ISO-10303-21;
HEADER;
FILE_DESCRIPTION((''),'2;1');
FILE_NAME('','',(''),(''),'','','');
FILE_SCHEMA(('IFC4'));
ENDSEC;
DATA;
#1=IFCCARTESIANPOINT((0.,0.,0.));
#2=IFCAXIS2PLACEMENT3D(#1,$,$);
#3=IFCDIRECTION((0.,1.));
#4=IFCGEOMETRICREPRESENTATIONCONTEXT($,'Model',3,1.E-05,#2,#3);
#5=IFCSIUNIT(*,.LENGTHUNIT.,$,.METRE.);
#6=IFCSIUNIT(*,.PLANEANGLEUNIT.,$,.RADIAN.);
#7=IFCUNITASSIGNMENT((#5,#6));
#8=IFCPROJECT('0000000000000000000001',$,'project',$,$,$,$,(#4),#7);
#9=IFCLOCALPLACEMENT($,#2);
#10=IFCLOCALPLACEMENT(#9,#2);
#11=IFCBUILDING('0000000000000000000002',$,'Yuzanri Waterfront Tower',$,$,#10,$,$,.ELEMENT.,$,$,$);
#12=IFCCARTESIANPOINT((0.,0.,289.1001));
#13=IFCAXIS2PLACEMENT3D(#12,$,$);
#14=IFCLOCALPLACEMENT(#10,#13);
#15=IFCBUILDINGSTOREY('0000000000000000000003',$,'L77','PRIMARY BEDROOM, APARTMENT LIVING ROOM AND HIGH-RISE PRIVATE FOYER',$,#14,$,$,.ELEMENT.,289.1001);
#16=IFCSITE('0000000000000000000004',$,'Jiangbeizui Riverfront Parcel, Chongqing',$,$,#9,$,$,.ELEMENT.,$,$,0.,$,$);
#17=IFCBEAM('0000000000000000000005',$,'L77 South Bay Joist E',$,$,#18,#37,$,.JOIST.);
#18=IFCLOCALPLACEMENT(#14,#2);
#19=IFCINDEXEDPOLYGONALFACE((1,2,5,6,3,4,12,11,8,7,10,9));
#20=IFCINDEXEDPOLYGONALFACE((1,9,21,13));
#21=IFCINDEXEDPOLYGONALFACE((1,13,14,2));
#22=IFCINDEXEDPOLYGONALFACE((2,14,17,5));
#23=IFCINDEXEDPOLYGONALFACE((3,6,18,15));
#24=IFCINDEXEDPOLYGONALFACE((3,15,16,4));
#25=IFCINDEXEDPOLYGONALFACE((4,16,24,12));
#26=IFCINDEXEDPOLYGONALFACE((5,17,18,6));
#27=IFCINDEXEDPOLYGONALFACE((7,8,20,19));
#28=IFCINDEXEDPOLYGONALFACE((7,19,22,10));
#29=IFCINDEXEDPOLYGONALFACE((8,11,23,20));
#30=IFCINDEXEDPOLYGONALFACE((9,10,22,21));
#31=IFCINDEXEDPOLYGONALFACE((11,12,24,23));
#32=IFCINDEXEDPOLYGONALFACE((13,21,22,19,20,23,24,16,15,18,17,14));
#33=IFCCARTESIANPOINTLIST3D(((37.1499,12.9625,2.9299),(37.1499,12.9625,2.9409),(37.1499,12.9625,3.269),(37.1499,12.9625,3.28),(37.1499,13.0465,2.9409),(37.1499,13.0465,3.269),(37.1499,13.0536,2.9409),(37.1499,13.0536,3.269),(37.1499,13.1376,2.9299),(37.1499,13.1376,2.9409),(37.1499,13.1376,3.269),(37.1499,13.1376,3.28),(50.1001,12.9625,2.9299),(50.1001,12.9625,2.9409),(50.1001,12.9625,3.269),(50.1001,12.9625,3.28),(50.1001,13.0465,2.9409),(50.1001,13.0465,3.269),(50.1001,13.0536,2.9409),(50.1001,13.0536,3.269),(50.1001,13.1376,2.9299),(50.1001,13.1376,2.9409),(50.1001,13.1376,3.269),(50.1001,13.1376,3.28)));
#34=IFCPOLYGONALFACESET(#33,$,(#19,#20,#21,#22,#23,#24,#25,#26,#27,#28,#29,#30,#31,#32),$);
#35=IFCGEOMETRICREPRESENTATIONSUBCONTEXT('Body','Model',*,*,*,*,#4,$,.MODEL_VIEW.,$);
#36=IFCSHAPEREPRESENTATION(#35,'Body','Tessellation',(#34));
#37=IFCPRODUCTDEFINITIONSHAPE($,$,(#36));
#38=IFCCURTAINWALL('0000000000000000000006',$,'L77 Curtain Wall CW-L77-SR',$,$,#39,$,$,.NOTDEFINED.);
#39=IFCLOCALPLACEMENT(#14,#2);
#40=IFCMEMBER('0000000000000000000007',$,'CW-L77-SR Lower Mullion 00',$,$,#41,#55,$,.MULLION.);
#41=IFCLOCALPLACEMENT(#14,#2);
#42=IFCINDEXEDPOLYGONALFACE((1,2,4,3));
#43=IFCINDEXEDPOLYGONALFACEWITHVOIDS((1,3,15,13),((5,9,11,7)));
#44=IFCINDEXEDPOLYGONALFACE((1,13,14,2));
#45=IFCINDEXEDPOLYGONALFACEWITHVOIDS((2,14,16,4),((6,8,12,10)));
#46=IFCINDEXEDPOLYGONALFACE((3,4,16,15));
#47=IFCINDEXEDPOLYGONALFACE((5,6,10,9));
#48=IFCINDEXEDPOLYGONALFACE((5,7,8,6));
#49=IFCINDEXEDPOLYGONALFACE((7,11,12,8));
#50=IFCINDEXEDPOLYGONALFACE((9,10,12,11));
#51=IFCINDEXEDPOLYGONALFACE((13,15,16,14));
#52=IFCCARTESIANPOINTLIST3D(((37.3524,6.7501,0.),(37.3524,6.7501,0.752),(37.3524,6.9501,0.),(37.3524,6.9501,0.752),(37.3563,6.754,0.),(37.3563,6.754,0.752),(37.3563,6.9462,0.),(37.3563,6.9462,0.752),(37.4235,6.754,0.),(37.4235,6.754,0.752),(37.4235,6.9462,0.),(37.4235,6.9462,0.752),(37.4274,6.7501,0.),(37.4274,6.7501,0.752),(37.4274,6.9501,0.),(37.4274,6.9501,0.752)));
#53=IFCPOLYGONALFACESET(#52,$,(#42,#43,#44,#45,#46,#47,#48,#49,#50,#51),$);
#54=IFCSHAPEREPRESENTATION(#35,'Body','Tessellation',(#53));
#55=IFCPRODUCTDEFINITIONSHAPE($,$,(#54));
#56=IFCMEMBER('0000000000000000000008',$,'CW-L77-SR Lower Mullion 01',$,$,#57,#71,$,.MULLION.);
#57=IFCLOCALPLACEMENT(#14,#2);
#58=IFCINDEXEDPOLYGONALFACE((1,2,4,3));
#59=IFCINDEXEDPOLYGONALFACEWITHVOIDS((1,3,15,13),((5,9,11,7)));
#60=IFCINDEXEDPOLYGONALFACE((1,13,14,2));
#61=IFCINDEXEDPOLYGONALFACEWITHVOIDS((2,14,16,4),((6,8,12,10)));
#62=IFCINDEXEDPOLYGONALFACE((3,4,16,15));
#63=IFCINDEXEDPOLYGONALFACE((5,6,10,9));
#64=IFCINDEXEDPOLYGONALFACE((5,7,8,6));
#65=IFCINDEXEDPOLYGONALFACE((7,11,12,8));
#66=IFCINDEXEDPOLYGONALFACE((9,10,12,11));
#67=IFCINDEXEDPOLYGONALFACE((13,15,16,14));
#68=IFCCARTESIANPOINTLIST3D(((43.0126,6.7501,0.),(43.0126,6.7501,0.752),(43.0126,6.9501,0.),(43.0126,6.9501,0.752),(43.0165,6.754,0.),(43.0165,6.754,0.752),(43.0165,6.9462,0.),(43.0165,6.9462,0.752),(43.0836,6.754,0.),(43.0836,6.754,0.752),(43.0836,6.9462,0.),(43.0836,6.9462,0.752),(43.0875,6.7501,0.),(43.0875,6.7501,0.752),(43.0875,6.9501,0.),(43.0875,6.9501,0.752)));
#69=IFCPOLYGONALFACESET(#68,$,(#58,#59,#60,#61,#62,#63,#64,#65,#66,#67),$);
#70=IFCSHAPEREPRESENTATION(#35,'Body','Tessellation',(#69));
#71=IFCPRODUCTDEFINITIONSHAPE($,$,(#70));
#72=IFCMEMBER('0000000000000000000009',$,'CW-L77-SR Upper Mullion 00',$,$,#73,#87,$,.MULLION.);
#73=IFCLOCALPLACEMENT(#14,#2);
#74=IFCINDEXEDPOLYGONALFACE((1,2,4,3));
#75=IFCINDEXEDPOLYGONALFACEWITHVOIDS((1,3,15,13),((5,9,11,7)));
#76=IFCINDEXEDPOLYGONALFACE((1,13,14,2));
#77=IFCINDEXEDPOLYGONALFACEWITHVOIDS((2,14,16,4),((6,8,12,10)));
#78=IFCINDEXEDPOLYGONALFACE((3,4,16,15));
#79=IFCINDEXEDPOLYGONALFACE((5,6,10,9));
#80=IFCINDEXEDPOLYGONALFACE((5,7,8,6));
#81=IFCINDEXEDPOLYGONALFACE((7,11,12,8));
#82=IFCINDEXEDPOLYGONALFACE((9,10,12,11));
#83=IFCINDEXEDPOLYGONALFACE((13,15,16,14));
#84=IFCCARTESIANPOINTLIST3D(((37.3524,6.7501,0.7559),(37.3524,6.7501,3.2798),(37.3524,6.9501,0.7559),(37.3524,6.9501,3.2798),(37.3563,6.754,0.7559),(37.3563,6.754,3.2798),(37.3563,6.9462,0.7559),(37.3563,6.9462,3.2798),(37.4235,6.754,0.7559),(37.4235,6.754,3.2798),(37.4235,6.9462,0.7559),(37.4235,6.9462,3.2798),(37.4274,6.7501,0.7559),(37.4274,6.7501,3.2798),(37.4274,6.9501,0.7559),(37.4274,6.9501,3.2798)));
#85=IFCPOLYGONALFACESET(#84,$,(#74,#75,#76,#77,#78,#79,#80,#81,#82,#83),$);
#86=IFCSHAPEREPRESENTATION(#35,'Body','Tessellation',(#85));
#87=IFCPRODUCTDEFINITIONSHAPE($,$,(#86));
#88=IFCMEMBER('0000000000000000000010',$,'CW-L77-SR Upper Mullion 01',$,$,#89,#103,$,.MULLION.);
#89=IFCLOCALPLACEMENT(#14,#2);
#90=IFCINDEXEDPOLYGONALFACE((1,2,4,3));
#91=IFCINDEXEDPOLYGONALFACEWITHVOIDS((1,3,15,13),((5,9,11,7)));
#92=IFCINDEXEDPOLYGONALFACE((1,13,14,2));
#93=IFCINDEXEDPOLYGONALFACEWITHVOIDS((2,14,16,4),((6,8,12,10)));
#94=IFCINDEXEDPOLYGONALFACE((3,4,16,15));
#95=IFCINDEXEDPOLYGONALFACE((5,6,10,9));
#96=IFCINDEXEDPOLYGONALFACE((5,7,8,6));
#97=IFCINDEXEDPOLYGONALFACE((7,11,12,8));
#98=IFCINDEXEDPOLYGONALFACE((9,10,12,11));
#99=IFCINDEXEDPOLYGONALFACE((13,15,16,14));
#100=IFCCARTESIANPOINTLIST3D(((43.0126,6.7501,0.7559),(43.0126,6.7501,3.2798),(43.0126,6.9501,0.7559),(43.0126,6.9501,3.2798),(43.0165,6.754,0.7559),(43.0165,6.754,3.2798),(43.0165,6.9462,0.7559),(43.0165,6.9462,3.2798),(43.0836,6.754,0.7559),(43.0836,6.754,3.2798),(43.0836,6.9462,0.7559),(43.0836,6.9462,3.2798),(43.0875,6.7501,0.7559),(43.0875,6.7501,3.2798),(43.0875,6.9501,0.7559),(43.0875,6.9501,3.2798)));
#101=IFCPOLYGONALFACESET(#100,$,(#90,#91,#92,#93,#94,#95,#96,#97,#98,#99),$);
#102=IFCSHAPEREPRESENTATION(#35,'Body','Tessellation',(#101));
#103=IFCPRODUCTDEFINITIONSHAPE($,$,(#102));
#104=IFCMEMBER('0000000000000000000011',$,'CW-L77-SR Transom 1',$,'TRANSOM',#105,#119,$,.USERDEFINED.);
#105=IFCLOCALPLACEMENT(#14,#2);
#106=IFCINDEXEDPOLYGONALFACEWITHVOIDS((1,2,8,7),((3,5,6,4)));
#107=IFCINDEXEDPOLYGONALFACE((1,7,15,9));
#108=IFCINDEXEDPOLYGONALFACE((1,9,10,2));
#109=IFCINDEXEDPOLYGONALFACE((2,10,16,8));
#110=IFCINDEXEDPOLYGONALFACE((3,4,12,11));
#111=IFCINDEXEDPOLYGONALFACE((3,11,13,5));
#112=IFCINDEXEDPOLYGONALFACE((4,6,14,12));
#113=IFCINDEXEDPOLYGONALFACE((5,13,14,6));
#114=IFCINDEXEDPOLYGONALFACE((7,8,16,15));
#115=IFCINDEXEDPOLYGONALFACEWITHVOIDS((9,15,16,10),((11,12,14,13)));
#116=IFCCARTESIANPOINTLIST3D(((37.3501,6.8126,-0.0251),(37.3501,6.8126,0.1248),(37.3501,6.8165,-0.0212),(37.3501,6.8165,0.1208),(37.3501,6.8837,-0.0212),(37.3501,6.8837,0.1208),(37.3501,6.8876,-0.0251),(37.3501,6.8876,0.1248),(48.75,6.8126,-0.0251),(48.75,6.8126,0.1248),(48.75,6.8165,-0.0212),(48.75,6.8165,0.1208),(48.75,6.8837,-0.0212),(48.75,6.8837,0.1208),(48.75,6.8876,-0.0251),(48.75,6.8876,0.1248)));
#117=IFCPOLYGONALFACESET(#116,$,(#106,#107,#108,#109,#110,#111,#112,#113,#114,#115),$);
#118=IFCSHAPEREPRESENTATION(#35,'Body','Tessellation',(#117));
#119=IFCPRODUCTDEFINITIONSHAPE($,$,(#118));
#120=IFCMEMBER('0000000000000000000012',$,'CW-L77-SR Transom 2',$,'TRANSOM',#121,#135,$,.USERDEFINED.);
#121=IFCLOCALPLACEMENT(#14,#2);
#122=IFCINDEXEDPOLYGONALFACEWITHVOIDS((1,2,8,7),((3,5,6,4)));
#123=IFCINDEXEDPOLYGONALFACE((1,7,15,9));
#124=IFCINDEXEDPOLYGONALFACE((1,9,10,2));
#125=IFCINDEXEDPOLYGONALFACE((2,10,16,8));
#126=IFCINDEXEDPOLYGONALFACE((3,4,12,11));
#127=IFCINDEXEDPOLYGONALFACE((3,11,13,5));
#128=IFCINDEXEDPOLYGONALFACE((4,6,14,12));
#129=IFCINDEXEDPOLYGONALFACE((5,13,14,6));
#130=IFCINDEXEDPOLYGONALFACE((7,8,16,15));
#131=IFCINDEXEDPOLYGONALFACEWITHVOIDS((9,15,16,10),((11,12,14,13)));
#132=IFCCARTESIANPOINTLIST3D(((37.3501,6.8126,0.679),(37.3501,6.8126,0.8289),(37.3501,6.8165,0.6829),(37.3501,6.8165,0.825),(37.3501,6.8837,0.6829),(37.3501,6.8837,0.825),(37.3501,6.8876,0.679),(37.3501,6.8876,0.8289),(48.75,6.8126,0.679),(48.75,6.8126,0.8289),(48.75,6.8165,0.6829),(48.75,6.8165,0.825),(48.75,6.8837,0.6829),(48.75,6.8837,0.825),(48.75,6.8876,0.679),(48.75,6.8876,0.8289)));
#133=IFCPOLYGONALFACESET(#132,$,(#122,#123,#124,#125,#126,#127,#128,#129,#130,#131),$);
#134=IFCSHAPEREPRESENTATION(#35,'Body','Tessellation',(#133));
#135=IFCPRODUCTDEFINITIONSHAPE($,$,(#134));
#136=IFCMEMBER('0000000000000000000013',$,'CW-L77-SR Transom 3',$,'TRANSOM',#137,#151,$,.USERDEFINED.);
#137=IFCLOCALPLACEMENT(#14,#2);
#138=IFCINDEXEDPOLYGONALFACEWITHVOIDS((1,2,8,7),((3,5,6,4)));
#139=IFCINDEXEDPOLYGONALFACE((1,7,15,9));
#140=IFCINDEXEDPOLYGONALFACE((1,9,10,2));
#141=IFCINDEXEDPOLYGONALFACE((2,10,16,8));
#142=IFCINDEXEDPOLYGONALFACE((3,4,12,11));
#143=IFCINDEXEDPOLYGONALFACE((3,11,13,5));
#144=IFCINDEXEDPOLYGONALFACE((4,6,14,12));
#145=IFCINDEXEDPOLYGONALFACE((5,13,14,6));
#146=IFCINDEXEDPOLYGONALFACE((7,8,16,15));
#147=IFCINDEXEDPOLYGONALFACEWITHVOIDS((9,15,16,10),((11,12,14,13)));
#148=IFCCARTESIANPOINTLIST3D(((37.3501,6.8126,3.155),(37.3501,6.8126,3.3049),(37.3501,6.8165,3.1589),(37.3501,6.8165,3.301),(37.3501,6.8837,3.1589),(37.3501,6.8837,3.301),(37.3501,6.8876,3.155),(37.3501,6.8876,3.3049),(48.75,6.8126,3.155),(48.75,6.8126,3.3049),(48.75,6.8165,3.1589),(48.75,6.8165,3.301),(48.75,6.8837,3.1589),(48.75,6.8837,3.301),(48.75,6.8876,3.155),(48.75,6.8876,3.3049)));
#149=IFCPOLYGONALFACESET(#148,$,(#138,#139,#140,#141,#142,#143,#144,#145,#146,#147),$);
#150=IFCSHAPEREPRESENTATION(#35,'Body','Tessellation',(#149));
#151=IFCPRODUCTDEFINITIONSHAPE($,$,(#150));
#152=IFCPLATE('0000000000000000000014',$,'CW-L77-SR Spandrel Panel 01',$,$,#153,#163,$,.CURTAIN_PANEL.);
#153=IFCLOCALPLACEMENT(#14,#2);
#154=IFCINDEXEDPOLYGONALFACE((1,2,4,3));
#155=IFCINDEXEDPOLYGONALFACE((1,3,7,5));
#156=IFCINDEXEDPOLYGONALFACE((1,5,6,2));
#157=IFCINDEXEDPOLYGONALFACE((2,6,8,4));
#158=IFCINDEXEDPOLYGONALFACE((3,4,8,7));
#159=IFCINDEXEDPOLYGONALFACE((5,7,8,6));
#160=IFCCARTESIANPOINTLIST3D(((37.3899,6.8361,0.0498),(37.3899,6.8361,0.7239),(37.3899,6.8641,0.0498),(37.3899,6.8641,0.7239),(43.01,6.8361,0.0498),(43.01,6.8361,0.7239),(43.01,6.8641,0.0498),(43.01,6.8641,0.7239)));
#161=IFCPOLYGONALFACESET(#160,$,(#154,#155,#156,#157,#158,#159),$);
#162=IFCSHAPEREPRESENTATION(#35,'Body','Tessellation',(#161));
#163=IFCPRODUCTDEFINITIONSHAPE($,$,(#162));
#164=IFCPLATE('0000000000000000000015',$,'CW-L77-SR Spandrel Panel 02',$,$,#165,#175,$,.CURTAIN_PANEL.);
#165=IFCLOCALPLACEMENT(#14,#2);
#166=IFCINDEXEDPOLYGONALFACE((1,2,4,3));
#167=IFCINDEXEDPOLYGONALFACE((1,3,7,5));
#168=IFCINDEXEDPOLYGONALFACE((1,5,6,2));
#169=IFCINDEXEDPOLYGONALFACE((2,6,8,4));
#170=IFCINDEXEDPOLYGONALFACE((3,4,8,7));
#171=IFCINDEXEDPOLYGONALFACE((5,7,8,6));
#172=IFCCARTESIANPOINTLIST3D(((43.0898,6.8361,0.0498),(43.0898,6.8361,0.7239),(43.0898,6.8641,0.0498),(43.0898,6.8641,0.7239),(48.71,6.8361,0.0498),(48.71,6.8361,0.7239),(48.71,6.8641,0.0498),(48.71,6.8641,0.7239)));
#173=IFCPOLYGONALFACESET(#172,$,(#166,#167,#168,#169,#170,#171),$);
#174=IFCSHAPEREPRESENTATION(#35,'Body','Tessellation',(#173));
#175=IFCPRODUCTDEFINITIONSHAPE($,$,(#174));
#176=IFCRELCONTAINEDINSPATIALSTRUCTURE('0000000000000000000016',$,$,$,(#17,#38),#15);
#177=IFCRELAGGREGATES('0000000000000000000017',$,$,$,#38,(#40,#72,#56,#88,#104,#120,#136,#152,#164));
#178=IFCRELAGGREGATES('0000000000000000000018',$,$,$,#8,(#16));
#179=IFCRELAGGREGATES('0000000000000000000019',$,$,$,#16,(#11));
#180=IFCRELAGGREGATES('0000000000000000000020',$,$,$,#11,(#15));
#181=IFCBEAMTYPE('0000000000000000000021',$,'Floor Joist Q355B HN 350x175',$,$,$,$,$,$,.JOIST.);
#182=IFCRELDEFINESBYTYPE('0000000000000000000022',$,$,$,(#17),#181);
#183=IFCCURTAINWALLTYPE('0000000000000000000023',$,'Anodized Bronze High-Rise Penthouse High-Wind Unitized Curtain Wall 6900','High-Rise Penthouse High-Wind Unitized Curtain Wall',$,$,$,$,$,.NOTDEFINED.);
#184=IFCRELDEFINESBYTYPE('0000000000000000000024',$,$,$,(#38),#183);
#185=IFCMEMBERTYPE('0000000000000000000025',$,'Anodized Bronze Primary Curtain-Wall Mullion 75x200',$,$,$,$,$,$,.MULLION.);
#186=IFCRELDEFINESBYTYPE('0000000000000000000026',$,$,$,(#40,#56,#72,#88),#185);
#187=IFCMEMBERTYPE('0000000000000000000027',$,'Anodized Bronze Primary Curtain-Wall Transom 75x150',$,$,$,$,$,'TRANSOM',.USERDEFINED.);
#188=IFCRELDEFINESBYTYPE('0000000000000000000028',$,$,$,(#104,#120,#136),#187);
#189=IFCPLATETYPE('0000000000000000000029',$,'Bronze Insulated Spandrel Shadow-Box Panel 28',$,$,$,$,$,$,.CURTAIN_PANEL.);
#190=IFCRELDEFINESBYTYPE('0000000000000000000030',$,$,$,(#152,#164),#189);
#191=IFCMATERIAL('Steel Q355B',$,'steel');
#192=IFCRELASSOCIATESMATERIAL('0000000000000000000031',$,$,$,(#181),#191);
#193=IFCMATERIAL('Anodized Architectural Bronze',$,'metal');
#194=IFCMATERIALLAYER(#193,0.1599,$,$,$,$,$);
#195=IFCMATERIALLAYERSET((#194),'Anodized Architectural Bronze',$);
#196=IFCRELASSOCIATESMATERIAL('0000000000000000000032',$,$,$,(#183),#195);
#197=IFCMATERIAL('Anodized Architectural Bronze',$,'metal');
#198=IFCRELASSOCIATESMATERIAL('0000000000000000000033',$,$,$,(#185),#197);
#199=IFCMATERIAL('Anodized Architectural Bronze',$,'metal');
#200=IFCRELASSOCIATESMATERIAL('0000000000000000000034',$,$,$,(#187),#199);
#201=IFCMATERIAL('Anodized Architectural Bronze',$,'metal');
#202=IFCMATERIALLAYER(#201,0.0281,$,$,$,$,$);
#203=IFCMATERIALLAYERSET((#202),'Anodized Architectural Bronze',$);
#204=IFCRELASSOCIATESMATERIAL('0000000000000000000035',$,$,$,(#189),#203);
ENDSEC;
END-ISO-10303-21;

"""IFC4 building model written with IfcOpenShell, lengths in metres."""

from ifc_helpers import new_model, si_unit, direction, frame, origin, origin_2d, place, context, subcontext, project, spatial, rectangle, hollow_rectangle, i_section, extrude, source, transform, mapped, material, layer, layer_set, material_profile, profile_set, type_object, element, aggregate, save


model = new_model("IFC4")

# Units and contexts
model_context = context("Model", 3, precision=1e-05, world=origin(), true_north=direction((0.0, 1.0)))
body_context = subcontext(model_context, "Body", "Model", "MODEL_VIEW")
ifc_project = project(units=[si_unit("LENGTHUNIT", "METRE"), si_unit("PLANEANGLEUNIT", "RADIAN")], contexts=[model_context])

# Site, building, storey
site_placement = place(None, origin())
site = spatial("IfcSite", under=ifc_project, at=site_placement, Name="Jiangbeizui Riverfront Parcel, Chongqing", CompositionType="ELEMENT", RefElevation=0.0)
building_placement = place(site_placement, origin())
building = spatial("IfcBuilding", under=site, at=building_placement, Name="Yuzanri Waterfront Tower", CompositionType="ELEMENT")
storey_placement = place(building_placement, frame((0.0, 0.0, 289.1001)))
storey = spatial("IfcBuildingStorey", under=building, at=storey_placement, Name="L77", Description="PRIMARY BEDROOM, APARTMENT LIVING ROOM AND HIGH-RISE PRIVATE FOYER", CompositionType="ELEMENT", Elevation=289.1001)

# Beam
ifc_material_1 = material(Name="Steel Q355B", Category="steel")
ifc_material_profile_1 = material_profile(ifc_material_1, i_section(OverallWidth=0.175, OverallDepth=0.3501, WebThickness=0.0071, FlangeThickness=0.011, at=origin_2d()), Name="HN 350x175x7x11")
ifc_profile_set_1 = profile_set([ifc_material_profile_1], Name="Steel Q355B")
beam_type = type_object("IfcBeamType", Name="Floor Joist Q355B HN 350x175", PredefinedType="JOIST", material=ifc_profile_set_1)
shared_shape_1 = source(origin(), body_context, "Body", "SweptSolid", [
    extrude(i_section(OverallWidth=0.175, OverallDepth=0.3501, WebThickness=0.0071, FlangeThickness=0.011, at=origin_2d()), origin(), (0.0, 0.0, 1.0), 12.9502),
])
beam_placement = place(storey_placement, frame((37.1499, 13.05, 3.105), z_axis=(1.0, 0.0, 0.0), x_axis=(0.0, 1.0, 0.0)))
element("IfcBeam", 1, at=beam_placement, inside=storey, type_object=beam_type, Name="L77 South Bay Joist E", PredefinedType="JOIST", context=body_context, shape_type="MappedRepresentation", body=[
    mapped(shared_shape_1, transform((0.0, 0.0, 0.0), scale=1.0)),
])

# Curtain wall, members, plates
ifc_material_2 = material(Name="Anodized Architectural Bronze", Category="metal")
ifc_layer_1 = layer(ifc_material_2, 0.1599)
ifc_layer_set_1 = layer_set([ifc_layer_1], Name="Anodized Architectural Bronze")
curtain_wall_type = type_object("IfcCurtainWallType", Name="Anodized Bronze High-Rise Penthouse High-Wind Unitized Curtain Wall 6900", Description="High-Rise Penthouse High-Wind Unitized Curtain Wall", PredefinedType="NOTDEFINED", material=ifc_layer_set_1)
curtain_wall_placement = place(storey_placement, origin())
curtain_wall = element("IfcCurtainWall", 2, at=curtain_wall_placement, inside=storey, type_object=curtain_wall_type, Name="L77 Curtain Wall CW-L77-SR", PredefinedType="NOTDEFINED")
ifc_material_3 = material(Name="Anodized Architectural Bronze", Category="metal")
ifc_material_profile_2 = material_profile(ifc_material_3, hollow_rectangle(XDim=0.075, YDim=0.2, WallThickness=0.0039, at=origin_2d()), Name="CWM 75x200")
ifc_profile_set_2 = profile_set([ifc_material_profile_2], Name="Anodized Architectural Bronze")
member_type_1 = type_object("IfcMemberType", Name="Anodized Bronze Primary Curtain-Wall Mullion 75x200", PredefinedType="MULLION", material=ifc_profile_set_2)
shared_shape_2 = source(origin(), body_context, "Body", "SweptSolid", [
    extrude(hollow_rectangle(XDim=0.075, YDim=0.2, WallThickness=0.0039, at=origin_2d()), origin(), (0.0, 0.0, 1.0), 0.752),
])
member_1_placement = place(storey_placement, frame((37.3899, 6.8501, 0.0), z_axis=(0.0, 0.0, 1.0), x_axis=(1.0, 0.0, 0.0)))
member_1 = element("IfcMember", 3, at=member_1_placement, type_object=member_type_1, Name="CW-L77-SR Lower Mullion 00", PredefinedType="MULLION", context=body_context, shape_type="MappedRepresentation", body=[
    mapped(shared_shape_2, transform((0.0, 0.0, 0.0), scale=1.0)),
])
member_2_placement = place(storey_placement, frame((43.05, 6.8501, 0.0), z_axis=(0.0, 0.0, 1.0), x_axis=(1.0, 0.0, 0.0)))
member_2 = element("IfcMember", 4, at=member_2_placement, type_object=member_type_1, Name="CW-L77-SR Lower Mullion 01", PredefinedType="MULLION", context=body_context, shape_type="MappedRepresentation", body=[
    mapped(shared_shape_2, transform((0.0, 0.0, 0.0), scale=1.0)),
])
shared_shape_3 = source(origin(), body_context, "Body", "SweptSolid", [
    extrude(hollow_rectangle(XDim=0.075, YDim=0.2, WallThickness=0.0039, at=origin_2d()), origin(), (0.0, 0.0, 1.0), 2.5239),
])
member_3_placement = place(storey_placement, frame((37.3899, 6.8501, 0.7559), z_axis=(0.0, 0.0, 1.0), x_axis=(1.0, 0.0, 0.0)))
member_3 = element("IfcMember", 5, at=member_3_placement, type_object=member_type_1, Name="CW-L77-SR Upper Mullion 00", PredefinedType="MULLION", context=body_context, shape_type="MappedRepresentation", body=[
    mapped(shared_shape_3, transform((0.0, 0.0, 0.0), scale=1.0)),
])
member_4_placement = place(storey_placement, frame((43.05, 6.8501, 0.7559), z_axis=(0.0, 0.0, 1.0), x_axis=(1.0, 0.0, 0.0)))
member_4 = element("IfcMember", 6, at=member_4_placement, type_object=member_type_1, Name="CW-L77-SR Upper Mullion 01", PredefinedType="MULLION", context=body_context, shape_type="MappedRepresentation", body=[
    mapped(shared_shape_3, transform((0.0, 0.0, 0.0), scale=1.0)),
])
ifc_material_4 = material(Name="Anodized Architectural Bronze", Category="metal")
ifc_material_profile_3 = material_profile(ifc_material_4, hollow_rectangle(XDim=0.075, YDim=0.1499, WallThickness=0.0039, at=origin_2d()), Name="CWT 75x150")
ifc_profile_set_3 = profile_set([ifc_material_profile_3], Name="Anodized Architectural Bronze")
member_type_2 = type_object("IfcMemberType", Name="Anodized Bronze Primary Curtain-Wall Transom 75x150", ElementType="TRANSOM", PredefinedType="USERDEFINED", material=ifc_profile_set_3)
shared_shape_4 = source(origin(), body_context, "Body", "SweptSolid", [
    extrude(hollow_rectangle(XDim=0.075, YDim=0.1499, WallThickness=0.0039, at=origin_2d()), origin(), (0.0, 0.0, 1.0), 11.3999),
])
member_5_placement = place(storey_placement, frame((37.3501, 6.8501, 0.0498), z_axis=(1.0, 0.0, 0.0), x_axis=(0.0, 1.0, 0.0)))
member_5 = element("IfcMember", 7, at=member_5_placement, type_object=member_type_2, Name="CW-L77-SR Transom 1", ObjectType="TRANSOM", PredefinedType="USERDEFINED", context=body_context, shape_type="MappedRepresentation", body=[
    mapped(shared_shape_4, transform((0.0, 0.0, 0.0), scale=1.0)),
])
member_6_placement = place(storey_placement, frame((37.3501, 6.8501, 0.7539), z_axis=(1.0, 0.0, 0.0), x_axis=(0.0, 1.0, 0.0)))
member_6 = element("IfcMember", 8, at=member_6_placement, type_object=member_type_2, Name="CW-L77-SR Transom 2", ObjectType="TRANSOM", PredefinedType="USERDEFINED", context=body_context, shape_type="MappedRepresentation", body=[
    mapped(shared_shape_4, transform((0.0, 0.0, 0.0), scale=1.0)),
])
member_7_placement = place(storey_placement, frame((37.3501, 6.8501, 3.23), z_axis=(1.0, 0.0, 0.0), x_axis=(0.0, 1.0, 0.0)))
member_7 = element("IfcMember", 9, at=member_7_placement, type_object=member_type_2, Name="CW-L77-SR Transom 3", ObjectType="TRANSOM", PredefinedType="USERDEFINED", context=body_context, shape_type="MappedRepresentation", body=[
    mapped(shared_shape_4, transform((0.0, 0.0, 0.0), scale=1.0)),
])
ifc_material_5 = material(Name="Anodized Architectural Bronze", Category="metal")
ifc_layer_2 = layer(ifc_material_5, 0.0281)
ifc_layer_set_2 = layer_set([ifc_layer_2], Name="Anodized Architectural Bronze")
plate_type_1 = type_object("IfcPlateType", Name="Bronze Insulated Spandrel Shadow-Box Panel 28", PredefinedType="CURTAIN_PANEL", material=ifc_layer_set_2)
shared_shape_5 = source(origin(), body_context, "Body", "SweptSolid", [
    extrude(rectangle(XDim=5.6201, YDim=0.0281, at=origin_2d()), origin(), (0.0, 0.0, 1.0), 0.6741),
])
plate_1_placement = place(storey_placement, frame((40.2, 6.8501, 0.0498), z_axis=(0.0, 0.0, 1.0), x_axis=(1.0, 0.0, 0.0)))
plate_1 = element("IfcPlate", 10, at=plate_1_placement, type_object=plate_type_1, Name="CW-L77-SR Spandrel Panel 01", PredefinedType="CURTAIN_PANEL", context=body_context, shape_type="MappedRepresentation", body=[
    mapped(shared_shape_5, transform((0.0, 0.0, 0.0), scale=1.0)),
])
plate_2_placement = place(storey_placement, frame((45.8999, 6.8501, 0.0498), z_axis=(0.0, 0.0, 1.0), x_axis=(1.0, 0.0, 0.0)))
plate_2 = element("IfcPlate", 11, at=plate_2_placement, type_object=plate_type_1, Name="CW-L77-SR Spandrel Panel 02", PredefinedType="CURTAIN_PANEL", context=body_context, shape_type="MappedRepresentation", body=[
    mapped(shared_shape_5, transform((0.0, 0.0, 0.0), scale=1.0)),
])
aggregate(curtain_wall, [member_1, member_3, member_2, member_4, member_5, member_6, member_7, plate_1, plate_2])

save(model, "model.ifc")
